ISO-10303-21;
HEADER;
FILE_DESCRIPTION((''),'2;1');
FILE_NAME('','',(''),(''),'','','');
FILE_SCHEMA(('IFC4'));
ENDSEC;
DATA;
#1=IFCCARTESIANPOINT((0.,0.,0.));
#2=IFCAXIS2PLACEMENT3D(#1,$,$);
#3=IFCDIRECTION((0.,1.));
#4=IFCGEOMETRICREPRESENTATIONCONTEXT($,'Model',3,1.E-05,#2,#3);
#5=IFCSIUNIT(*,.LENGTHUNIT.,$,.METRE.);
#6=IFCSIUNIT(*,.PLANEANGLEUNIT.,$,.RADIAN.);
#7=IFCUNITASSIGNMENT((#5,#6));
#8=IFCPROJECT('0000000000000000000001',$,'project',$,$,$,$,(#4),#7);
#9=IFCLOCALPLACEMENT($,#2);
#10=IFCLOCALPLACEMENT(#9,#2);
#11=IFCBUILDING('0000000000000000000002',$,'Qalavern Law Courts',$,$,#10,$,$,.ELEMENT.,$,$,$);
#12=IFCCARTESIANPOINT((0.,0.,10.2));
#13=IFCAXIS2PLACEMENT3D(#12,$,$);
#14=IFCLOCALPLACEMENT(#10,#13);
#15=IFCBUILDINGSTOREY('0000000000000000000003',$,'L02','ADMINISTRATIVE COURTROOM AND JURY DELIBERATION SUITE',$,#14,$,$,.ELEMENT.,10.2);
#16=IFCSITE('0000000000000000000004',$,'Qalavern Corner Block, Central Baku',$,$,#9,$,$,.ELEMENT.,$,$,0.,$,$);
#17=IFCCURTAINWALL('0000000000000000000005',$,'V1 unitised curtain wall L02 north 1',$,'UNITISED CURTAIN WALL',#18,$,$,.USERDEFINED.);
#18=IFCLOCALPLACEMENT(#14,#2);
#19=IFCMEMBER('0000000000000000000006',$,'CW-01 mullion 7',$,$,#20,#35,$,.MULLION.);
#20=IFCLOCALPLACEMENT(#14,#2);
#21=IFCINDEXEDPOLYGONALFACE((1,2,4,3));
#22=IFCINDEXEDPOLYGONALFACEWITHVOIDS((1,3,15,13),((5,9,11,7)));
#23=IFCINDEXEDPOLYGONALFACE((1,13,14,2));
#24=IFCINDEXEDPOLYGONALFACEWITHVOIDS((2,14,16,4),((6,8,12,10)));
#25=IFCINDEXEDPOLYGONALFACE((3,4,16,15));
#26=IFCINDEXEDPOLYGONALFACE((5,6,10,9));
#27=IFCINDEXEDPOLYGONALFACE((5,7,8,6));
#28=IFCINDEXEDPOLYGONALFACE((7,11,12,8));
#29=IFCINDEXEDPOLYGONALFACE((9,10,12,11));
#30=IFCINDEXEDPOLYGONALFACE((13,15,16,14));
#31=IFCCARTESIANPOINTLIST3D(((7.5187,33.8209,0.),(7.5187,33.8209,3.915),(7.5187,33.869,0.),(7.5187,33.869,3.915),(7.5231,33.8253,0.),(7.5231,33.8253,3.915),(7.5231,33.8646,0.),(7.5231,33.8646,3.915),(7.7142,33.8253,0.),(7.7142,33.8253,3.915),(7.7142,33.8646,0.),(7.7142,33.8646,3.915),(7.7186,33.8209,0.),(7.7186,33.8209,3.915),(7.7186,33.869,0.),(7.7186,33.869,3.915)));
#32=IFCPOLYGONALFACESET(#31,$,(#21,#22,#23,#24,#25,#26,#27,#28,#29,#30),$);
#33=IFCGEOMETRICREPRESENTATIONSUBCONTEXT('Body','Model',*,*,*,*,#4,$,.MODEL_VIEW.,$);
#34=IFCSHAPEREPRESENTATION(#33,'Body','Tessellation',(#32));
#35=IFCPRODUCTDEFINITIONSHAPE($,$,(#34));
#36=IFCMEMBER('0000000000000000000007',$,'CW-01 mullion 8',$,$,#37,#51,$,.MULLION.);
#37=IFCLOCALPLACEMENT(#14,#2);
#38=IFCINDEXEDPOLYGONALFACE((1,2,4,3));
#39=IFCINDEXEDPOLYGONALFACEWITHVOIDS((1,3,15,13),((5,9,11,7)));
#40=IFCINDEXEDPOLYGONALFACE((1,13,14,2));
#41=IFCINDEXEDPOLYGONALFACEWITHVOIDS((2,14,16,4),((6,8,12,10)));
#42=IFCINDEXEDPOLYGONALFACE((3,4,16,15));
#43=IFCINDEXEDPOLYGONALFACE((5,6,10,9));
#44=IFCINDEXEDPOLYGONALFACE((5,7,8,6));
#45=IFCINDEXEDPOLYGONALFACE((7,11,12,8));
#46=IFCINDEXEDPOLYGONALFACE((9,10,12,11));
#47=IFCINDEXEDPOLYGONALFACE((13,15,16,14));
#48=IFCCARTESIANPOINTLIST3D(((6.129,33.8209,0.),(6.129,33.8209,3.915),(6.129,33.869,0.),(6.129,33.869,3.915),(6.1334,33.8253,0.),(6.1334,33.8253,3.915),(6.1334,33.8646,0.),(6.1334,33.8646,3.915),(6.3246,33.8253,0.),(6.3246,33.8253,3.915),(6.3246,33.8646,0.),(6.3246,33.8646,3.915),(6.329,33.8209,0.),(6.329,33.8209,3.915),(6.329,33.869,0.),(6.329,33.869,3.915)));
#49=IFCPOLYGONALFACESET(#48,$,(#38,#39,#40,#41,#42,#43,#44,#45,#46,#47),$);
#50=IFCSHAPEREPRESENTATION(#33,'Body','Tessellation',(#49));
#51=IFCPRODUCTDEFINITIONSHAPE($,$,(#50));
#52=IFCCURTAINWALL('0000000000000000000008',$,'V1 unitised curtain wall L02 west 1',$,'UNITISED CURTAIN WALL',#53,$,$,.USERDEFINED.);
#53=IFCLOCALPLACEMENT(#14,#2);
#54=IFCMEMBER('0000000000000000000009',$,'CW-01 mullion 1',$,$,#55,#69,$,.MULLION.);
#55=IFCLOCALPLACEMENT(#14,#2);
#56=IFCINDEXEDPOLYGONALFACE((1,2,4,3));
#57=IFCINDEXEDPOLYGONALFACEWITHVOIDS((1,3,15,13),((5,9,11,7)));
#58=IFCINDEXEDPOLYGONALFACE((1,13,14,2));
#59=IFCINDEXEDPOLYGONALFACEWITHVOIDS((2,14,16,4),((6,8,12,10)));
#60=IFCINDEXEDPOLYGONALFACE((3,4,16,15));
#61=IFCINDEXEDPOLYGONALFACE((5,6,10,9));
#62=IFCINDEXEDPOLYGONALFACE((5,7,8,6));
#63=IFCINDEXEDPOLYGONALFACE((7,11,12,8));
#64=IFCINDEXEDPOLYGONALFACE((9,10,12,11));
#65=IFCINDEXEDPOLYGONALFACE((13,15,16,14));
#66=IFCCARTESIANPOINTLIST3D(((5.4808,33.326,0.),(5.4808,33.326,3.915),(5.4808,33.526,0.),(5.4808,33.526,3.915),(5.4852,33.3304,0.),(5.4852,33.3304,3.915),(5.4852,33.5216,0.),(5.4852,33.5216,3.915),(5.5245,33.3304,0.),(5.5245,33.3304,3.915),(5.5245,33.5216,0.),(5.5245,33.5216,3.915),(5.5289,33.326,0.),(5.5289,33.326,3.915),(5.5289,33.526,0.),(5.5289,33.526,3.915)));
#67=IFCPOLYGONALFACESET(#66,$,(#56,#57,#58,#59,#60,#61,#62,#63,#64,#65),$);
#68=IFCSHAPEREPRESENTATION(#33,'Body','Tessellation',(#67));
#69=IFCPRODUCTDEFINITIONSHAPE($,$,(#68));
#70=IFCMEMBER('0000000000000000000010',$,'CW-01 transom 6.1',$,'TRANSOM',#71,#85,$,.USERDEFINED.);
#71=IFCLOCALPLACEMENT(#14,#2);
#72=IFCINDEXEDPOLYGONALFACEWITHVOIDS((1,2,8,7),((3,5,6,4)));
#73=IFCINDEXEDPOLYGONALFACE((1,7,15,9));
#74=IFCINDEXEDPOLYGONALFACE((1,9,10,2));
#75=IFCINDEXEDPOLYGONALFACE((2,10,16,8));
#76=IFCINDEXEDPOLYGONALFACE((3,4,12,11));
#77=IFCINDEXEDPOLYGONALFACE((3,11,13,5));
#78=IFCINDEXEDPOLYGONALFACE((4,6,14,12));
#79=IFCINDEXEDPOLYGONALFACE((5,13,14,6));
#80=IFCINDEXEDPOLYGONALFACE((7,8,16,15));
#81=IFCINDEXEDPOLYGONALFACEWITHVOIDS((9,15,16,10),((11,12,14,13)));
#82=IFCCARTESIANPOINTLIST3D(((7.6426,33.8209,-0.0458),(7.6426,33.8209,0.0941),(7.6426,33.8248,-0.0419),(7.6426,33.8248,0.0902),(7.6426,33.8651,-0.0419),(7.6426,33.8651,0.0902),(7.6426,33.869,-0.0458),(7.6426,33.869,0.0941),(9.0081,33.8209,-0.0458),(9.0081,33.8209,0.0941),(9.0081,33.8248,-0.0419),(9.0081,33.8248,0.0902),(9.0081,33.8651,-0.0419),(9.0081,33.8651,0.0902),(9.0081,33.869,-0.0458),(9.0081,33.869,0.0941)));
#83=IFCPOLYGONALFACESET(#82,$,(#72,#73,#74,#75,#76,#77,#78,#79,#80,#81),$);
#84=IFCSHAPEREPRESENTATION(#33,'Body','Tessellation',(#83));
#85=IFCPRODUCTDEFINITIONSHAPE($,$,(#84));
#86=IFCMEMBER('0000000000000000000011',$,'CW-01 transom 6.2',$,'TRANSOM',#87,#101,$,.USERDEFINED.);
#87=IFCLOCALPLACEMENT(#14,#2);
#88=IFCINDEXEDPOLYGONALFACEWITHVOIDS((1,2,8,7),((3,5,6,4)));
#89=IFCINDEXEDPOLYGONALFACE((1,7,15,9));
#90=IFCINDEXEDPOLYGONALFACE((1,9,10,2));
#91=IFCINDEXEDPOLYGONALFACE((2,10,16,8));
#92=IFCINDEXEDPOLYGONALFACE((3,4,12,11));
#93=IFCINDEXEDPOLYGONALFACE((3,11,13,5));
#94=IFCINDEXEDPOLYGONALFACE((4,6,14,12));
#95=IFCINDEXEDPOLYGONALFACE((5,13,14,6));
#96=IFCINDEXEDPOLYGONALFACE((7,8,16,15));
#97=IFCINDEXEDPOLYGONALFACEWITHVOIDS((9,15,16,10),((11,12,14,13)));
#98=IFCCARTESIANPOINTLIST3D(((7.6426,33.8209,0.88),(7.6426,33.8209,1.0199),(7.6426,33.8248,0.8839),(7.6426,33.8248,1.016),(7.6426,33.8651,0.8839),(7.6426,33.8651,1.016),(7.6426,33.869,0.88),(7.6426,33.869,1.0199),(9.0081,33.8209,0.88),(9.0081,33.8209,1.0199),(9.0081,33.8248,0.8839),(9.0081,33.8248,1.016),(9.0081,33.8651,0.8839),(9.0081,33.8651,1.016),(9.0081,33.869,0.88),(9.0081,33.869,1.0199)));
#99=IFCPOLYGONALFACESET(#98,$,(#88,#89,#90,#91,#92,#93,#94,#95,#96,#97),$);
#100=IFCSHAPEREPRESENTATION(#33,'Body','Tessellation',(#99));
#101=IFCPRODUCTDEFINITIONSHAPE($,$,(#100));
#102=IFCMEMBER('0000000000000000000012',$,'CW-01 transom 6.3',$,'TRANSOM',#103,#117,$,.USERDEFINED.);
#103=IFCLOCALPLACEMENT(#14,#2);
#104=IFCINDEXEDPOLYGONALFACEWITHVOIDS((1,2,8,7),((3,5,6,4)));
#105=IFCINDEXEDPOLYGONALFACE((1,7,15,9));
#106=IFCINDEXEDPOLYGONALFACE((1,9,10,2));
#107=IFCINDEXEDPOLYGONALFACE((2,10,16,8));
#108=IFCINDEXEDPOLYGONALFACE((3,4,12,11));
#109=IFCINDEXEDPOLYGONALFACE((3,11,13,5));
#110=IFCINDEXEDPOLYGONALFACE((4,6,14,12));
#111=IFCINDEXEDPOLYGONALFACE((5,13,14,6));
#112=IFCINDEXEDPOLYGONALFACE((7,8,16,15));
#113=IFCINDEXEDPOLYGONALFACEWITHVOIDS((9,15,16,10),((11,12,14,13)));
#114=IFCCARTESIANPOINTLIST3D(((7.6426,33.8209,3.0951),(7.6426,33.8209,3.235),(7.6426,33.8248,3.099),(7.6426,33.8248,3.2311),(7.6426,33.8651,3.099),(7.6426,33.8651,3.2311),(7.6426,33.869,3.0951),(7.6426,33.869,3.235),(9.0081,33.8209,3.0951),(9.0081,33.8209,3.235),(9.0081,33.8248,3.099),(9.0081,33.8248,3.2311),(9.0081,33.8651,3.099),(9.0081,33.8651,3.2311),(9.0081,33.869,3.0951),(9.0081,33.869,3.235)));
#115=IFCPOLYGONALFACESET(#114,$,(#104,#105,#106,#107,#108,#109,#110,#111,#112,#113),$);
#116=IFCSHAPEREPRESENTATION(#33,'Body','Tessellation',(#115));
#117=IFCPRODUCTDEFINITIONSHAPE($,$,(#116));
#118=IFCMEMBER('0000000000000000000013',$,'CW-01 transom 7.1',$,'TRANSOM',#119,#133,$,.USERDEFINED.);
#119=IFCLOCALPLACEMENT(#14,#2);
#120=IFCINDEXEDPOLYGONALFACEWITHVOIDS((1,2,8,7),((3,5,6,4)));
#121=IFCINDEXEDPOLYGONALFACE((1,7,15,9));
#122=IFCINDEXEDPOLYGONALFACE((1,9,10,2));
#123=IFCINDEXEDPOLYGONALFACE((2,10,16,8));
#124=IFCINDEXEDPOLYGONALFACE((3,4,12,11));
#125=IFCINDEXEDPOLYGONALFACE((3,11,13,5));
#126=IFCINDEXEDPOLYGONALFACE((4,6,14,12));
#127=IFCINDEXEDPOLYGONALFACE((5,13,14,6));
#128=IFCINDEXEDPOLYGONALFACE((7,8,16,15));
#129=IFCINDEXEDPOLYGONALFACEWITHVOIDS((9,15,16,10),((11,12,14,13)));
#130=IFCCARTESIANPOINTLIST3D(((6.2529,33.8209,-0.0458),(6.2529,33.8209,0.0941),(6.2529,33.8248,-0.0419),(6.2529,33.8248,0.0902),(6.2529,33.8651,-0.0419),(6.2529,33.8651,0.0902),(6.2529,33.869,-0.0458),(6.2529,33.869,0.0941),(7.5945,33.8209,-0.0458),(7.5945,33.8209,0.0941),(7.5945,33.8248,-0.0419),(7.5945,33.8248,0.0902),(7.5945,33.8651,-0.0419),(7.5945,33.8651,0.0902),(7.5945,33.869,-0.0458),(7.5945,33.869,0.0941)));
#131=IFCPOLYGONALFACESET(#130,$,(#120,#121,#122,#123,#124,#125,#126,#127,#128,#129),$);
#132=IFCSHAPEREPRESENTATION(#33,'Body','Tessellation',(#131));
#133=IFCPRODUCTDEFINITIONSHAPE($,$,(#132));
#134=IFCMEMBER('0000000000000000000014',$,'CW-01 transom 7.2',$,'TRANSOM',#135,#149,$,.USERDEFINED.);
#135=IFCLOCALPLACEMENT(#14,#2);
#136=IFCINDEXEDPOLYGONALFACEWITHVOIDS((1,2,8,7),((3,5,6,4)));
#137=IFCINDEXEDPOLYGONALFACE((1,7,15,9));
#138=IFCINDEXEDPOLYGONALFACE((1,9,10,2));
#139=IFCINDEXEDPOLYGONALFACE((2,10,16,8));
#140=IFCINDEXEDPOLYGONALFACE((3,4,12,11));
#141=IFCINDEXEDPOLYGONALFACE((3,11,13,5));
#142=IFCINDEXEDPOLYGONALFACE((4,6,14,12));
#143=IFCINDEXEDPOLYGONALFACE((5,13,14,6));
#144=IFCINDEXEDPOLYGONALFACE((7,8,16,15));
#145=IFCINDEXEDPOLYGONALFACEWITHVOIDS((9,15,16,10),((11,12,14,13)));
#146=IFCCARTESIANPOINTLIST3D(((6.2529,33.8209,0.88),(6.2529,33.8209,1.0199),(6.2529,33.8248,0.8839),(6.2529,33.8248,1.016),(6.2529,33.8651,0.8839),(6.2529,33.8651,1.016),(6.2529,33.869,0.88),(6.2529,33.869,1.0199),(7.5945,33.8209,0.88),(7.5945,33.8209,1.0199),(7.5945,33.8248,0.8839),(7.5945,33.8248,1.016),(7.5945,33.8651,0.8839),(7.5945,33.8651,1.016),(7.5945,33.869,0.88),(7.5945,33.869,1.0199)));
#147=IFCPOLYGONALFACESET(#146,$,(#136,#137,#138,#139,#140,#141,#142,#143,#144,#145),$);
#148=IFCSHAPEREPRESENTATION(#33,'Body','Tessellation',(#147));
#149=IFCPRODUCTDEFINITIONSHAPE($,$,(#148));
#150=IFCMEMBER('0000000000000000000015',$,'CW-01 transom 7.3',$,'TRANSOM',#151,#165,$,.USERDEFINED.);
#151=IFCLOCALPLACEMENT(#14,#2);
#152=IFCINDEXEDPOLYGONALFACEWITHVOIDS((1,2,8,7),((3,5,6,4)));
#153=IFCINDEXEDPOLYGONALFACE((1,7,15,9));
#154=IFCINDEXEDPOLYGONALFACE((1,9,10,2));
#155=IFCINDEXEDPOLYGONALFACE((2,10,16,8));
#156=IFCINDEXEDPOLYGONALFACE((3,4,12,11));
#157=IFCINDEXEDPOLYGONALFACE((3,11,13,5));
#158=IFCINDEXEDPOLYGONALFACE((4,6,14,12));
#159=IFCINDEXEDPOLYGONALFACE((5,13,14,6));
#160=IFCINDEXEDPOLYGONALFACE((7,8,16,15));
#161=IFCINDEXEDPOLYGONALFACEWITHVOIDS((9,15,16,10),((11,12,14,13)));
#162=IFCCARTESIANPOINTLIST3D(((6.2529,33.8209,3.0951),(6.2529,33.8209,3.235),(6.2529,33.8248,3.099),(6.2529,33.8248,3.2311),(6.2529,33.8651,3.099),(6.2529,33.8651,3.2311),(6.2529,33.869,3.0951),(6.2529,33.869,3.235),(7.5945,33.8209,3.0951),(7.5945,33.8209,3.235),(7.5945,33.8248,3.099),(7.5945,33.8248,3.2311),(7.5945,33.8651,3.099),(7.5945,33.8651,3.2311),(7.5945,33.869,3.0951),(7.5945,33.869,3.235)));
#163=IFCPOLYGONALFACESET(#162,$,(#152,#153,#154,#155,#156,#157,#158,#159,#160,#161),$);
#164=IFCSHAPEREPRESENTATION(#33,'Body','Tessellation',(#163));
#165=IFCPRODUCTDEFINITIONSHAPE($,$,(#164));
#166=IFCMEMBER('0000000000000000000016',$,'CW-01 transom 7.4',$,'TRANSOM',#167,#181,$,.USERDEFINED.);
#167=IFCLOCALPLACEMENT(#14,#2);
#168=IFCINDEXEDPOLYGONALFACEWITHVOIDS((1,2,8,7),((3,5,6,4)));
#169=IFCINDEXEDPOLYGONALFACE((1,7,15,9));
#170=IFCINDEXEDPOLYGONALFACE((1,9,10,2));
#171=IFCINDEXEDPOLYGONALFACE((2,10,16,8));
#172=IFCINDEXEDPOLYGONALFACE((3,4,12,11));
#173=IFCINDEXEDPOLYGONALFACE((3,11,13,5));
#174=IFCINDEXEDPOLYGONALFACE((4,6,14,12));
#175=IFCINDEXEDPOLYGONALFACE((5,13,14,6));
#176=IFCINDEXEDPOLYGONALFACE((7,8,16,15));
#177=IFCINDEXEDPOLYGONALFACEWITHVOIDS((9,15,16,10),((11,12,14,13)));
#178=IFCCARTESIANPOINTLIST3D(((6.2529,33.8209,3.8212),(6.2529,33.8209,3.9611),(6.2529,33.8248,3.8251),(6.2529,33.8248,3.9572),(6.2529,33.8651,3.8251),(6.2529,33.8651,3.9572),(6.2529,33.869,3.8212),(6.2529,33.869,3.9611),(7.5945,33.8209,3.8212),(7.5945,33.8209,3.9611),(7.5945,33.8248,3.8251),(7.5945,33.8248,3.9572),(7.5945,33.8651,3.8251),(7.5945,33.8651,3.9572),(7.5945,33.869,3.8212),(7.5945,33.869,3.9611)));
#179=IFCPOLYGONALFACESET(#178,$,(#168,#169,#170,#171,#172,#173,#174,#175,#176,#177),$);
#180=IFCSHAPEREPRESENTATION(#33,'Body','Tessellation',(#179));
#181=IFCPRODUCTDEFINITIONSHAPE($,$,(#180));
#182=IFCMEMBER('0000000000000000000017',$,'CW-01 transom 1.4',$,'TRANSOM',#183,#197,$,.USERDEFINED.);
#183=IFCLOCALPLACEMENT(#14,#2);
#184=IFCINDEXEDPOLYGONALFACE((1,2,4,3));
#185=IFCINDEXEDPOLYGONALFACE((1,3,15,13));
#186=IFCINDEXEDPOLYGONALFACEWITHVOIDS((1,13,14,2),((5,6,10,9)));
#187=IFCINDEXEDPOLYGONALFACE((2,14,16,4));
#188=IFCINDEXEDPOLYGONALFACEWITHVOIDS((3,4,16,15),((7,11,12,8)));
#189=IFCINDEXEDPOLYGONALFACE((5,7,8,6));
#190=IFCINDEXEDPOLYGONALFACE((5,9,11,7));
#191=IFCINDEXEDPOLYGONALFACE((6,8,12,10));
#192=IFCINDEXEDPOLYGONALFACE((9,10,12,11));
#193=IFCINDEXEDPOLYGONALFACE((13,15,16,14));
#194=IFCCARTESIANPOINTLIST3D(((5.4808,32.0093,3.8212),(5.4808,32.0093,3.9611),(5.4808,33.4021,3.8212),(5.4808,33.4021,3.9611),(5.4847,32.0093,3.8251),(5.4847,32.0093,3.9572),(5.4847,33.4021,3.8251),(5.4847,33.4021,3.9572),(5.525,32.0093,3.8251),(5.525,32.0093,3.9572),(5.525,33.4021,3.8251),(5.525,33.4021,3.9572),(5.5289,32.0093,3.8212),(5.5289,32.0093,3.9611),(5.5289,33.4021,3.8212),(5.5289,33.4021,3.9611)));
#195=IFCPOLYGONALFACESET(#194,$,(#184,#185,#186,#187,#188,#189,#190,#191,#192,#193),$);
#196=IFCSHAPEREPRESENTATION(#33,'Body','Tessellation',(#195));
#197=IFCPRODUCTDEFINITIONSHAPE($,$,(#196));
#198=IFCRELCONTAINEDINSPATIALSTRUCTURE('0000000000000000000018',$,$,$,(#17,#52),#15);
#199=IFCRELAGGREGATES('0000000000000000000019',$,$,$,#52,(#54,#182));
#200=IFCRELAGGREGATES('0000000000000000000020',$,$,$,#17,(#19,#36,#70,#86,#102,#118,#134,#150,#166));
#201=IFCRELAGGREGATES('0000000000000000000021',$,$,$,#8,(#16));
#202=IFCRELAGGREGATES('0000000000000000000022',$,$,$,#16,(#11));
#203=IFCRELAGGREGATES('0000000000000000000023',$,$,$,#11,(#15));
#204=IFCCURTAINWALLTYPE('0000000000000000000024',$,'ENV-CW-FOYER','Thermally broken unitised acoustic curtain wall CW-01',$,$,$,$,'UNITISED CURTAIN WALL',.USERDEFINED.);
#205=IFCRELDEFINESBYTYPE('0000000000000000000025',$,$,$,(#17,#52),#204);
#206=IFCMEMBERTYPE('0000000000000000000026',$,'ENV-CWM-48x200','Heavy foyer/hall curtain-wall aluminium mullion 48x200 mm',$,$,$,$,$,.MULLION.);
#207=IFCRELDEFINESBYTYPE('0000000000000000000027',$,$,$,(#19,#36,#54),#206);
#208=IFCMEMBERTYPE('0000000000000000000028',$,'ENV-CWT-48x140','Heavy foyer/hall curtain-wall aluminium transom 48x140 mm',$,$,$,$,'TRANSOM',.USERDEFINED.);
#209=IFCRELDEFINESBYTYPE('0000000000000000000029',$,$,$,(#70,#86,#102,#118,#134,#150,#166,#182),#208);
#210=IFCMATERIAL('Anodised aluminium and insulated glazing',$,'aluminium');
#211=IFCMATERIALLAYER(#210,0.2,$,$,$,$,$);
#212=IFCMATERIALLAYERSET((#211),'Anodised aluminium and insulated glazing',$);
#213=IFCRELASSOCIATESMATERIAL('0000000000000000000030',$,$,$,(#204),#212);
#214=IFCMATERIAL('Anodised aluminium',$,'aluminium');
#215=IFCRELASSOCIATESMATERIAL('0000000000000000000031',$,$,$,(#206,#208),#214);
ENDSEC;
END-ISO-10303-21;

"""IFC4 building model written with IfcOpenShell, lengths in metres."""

from ifc_helpers import new_model, si_unit, direction, frame, origin, origin_2d, place, context, subcontext, project, spatial, hollow_rectangle, extrude, material, layer, layer_set, material_profile, profile_set, type_object, element, aggregate, save


model = new_model("IFC4")

# Units and contexts
model_context = context("Model", 3, precision=1e-05, world=origin(), true_north=direction((0.0, 1.0)))
body_context = subcontext(model_context, "Body", "Model", "MODEL_VIEW")
ifc_project = project(units=[si_unit("LENGTHUNIT", "METRE"), si_unit("PLANEANGLEUNIT", "RADIAN")], contexts=[model_context])

# Site, building, storey
site_placement = place(None, origin())
site = spatial("IfcSite", under=ifc_project, at=site_placement, Name="Qalavern Corner Block, Central Baku", CompositionType="ELEMENT", RefElevation=0.0)
building_placement = place(site_placement, origin())
building = spatial("IfcBuilding", under=site, at=building_placement, Name="Qalavern Law Courts", CompositionType="ELEMENT")
storey_placement = place(building_placement, frame((0.0, 0.0, 10.2)))
storey = spatial("IfcBuildingStorey", under=building, at=storey_placement, Name="L02", Description="ADMINISTRATIVE COURTROOM AND JURY DELIBERATION SUITE", CompositionType="ELEMENT", Elevation=10.2)

# Curtain wall, members
ifc_material_1 = material(Name="Anodised aluminium and insulated glazing", Category="aluminium")
ifc_layer_1 = layer(ifc_material_1, 0.2)
ifc_layer_set_1 = layer_set([ifc_layer_1], Name="Anodised aluminium and insulated glazing")
curtain_wall_type = type_object("IfcCurtainWallType", Name="ENV-CW-FOYER", Description="Thermally broken unitised acoustic curtain wall CW-01", ElementType="UNITISED CURTAIN WALL", PredefinedType="USERDEFINED", material=ifc_layer_set_1)
curtain_wall_1_placement = place(storey_placement, origin())
curtain_wall_1 = element("IfcCurtainWall", 1, at=curtain_wall_1_placement, inside=storey, type_object=curtain_wall_type, Name="V1 unitised curtain wall L02 north 1", ObjectType="UNITISED CURTAIN WALL", PredefinedType="USERDEFINED")
ifc_material_2 = material(Name="Anodised aluminium", Category="aluminium")
ifc_material_profile_1 = material_profile(ifc_material_2, hollow_rectangle(XDim=0.0481, YDim=0.2, WallThickness=0.0044, at=origin_2d()), Name="ALU MULLION 48x200")
ifc_profile_set_1 = profile_set([ifc_material_profile_1], Name="Anodised aluminium")
member_type_1 = type_object("IfcMemberType", Name="ENV-CWM-48x200", Description="Heavy foyer/hall curtain-wall aluminium mullion 48x200 mm", PredefinedType="MULLION", material=ifc_profile_set_1)
member_1_placement = place(storey_placement, frame((7.6187, 33.845, 0.0), z_axis=(0.0, 0.0, 1.0), x_axis=(0.0, -1.0, 0.0)))
member_1 = element("IfcMember", 2, at=member_1_placement, type_object=member_type_1, Name="CW-01 mullion 7", PredefinedType="MULLION", context=body_context, shape_type="SweptSolid", body=[
    extrude(hollow_rectangle(XDim=0.0481, YDim=0.2, WallThickness=0.0044, at=origin_2d()), origin(), (0.0, 0.0, 1.0), 3.915),
])
member_2_placement = place(storey_placement, frame((6.229, 33.845, 0.0), z_axis=(0.0, 0.0, 1.0), x_axis=(0.0, -1.0, 0.0)))
member_2 = element("IfcMember", 3, at=member_2_placement, type_object=member_type_1, Name="CW-01 mullion 8", PredefinedType="MULLION", context=body_context, shape_type="SweptSolid", body=[
    extrude(hollow_rectangle(XDim=0.0481, YDim=0.2, WallThickness=0.0044, at=origin_2d()), origin(), (0.0, 0.0, 1.0), 3.915),
])

# Curtain wall, member
curtain_wall_2_placement = place(storey_placement, origin())
curtain_wall_2 = element("IfcCurtainWall", 4, at=curtain_wall_2_placement, inside=storey, type_object=curtain_wall_type, Name="V1 unitised curtain wall L02 west 1", ObjectType="UNITISED CURTAIN WALL", PredefinedType="USERDEFINED")
member_3_placement = place(storey_placement, frame((5.5049, 33.426, 0.0), z_axis=(0.0, 0.0, 1.0), x_axis=(1.0, 0.0, 0.0)))
member_3 = element("IfcMember", 5, at=member_3_placement, type_object=member_type_1, Name="CW-01 mullion 1", PredefinedType="MULLION", context=body_context, shape_type="SweptSolid", body=[
    extrude(hollow_rectangle(XDim=0.0481, YDim=0.2, WallThickness=0.0044, at=origin_2d()), origin(), (0.0, 0.0, 1.0), 3.915),
])

# Members
ifc_material_profile_2 = material_profile(ifc_material_2, hollow_rectangle(XDim=0.0481, YDim=0.1399, WallThickness=0.0039, at=origin_2d()), Name="ALU TRANSOM 48x140")
ifc_profile_set_2 = profile_set([ifc_material_profile_2], Name="Anodised aluminium")
member_type_2 = type_object("IfcMemberType", Name="ENV-CWT-48x140", Description="Heavy foyer/hall curtain-wall aluminium transom 48x140 mm", ElementType="TRANSOM", PredefinedType="USERDEFINED", material=ifc_profile_set_2)
member_4_placement = place(storey_placement, frame((9.0081, 33.845, 0.0242), z_axis=(-1.0, 0.0, 0.0), x_axis=(0.0, -1.0, 0.0)))
member_4 = element("IfcMember", 6, at=member_4_placement, type_object=member_type_2, Name="CW-01 transom 6.1", ObjectType="TRANSOM", PredefinedType="USERDEFINED", context=body_context, shape_type="SweptSolid", body=[
    extrude(hollow_rectangle(XDim=0.0481, YDim=0.1399, WallThickness=0.0039, at=origin_2d()), origin(), (0.0, 0.0, 1.0), 1.3655),
])
member_5_placement = place(storey_placement, frame((9.0081, 33.845, 0.95), z_axis=(-1.0, 0.0, 0.0), x_axis=(0.0, -1.0, 0.0)))
member_5 = element("IfcMember", 7, at=member_5_placement, type_object=member_type_2, Name="CW-01 transom 6.2", ObjectType="TRANSOM", PredefinedType="USERDEFINED", context=body_context, shape_type="SweptSolid", body=[
    extrude(hollow_rectangle(XDim=0.0481, YDim=0.1399, WallThickness=0.0039, at=origin_2d()), origin(), (0.0, 0.0, 1.0), 1.3655),
])
member_6_placement = place(storey_placement, frame((9.0081, 33.845, 3.165), z_axis=(-1.0, 0.0, 0.0), x_axis=(0.0, -1.0, 0.0)))
member_6 = element("IfcMember", 8, at=member_6_placement, type_object=member_type_2, Name="CW-01 transom 6.3", ObjectType="TRANSOM", PredefinedType="USERDEFINED", context=body_context, shape_type="SweptSolid", body=[
    extrude(hollow_rectangle(XDim=0.0481, YDim=0.1399, WallThickness=0.0039, at=origin_2d()), origin(), (0.0, 0.0, 1.0), 1.3655),
])
member_7_placement = place(storey_placement, frame((7.5945, 33.845, 0.0242), z_axis=(-1.0, 0.0, 0.0), x_axis=(0.0, -1.0, 0.0)))
member_7 = element("IfcMember", 9, at=member_7_placement, type_object=member_type_2, Name="CW-01 transom 7.1", ObjectType="TRANSOM", PredefinedType="USERDEFINED", context=body_context, shape_type="SweptSolid", body=[
    extrude(hollow_rectangle(XDim=0.0481, YDim=0.1399, WallThickness=0.0039, at=origin_2d()), origin(), (0.0, 0.0, 1.0), 1.3416),
])
member_8_placement = place(storey_placement, frame((7.5945, 33.845, 0.95), z_axis=(-1.0, 0.0, 0.0), x_axis=(0.0, -1.0, 0.0)))
member_8 = element("IfcMember", 10, at=member_8_placement, type_object=member_type_2, Name="CW-01 transom 7.2", ObjectType="TRANSOM", PredefinedType="USERDEFINED", context=body_context, shape_type="SweptSolid", body=[
    extrude(hollow_rectangle(XDim=0.0481, YDim=0.1399, WallThickness=0.0039, at=origin_2d()), origin(), (0.0, 0.0, 1.0), 1.3416),
])
member_9_placement = place(storey_placement, frame((7.5945, 33.845, 3.165), z_axis=(-1.0, 0.0, 0.0), x_axis=(0.0, -1.0, 0.0)))
member_9 = element("IfcMember", 11, at=member_9_placement, type_object=member_type_2, Name="CW-01 transom 7.3", ObjectType="TRANSOM", PredefinedType="USERDEFINED", context=body_context, shape_type="SweptSolid", body=[
    extrude(hollow_rectangle(XDim=0.0481, YDim=0.1399, WallThickness=0.0039, at=origin_2d()), origin(), (0.0, 0.0, 1.0), 1.3416),
])
member_10_placement = place(storey_placement, frame((7.5945, 33.845, 3.8911), z_axis=(-1.0, 0.0, 0.0), x_axis=(0.0, -1.0, 0.0)))
member_10 = element("IfcMember", 12, at=member_10_placement, type_object=member_type_2, Name="CW-01 transom 7.4", ObjectType="TRANSOM", PredefinedType="USERDEFINED", context=body_context, shape_type="SweptSolid", body=[
    extrude(hollow_rectangle(XDim=0.0481, YDim=0.1399, WallThickness=0.0039, at=origin_2d()), origin(), (0.0, 0.0, 1.0), 1.3416),
])
member_11_placement = place(storey_placement, frame((5.5049, 33.4021, 3.8911), z_axis=(0.0, -1.0, 0.0), x_axis=(1.0, 0.0, 0.0)))
member_11 = element("IfcMember", 13, at=member_11_placement, type_object=member_type_2, Name="CW-01 transom 1.4", ObjectType="TRANSOM", PredefinedType="USERDEFINED", context=body_context, shape_type="SweptSolid", body=[
    extrude(hollow_rectangle(XDim=0.0481, YDim=0.1399, WallThickness=0.0039, at=origin_2d()), origin(), (0.0, 0.0, 1.0), 1.3928),
])
aggregate(curtain_wall_2, [member_3, member_11])

aggregate(curtain_wall_1, [member_1, member_2, member_4, member_5, member_6, member_7, member_8, member_9, member_10])

save(model, "model.ifc")
